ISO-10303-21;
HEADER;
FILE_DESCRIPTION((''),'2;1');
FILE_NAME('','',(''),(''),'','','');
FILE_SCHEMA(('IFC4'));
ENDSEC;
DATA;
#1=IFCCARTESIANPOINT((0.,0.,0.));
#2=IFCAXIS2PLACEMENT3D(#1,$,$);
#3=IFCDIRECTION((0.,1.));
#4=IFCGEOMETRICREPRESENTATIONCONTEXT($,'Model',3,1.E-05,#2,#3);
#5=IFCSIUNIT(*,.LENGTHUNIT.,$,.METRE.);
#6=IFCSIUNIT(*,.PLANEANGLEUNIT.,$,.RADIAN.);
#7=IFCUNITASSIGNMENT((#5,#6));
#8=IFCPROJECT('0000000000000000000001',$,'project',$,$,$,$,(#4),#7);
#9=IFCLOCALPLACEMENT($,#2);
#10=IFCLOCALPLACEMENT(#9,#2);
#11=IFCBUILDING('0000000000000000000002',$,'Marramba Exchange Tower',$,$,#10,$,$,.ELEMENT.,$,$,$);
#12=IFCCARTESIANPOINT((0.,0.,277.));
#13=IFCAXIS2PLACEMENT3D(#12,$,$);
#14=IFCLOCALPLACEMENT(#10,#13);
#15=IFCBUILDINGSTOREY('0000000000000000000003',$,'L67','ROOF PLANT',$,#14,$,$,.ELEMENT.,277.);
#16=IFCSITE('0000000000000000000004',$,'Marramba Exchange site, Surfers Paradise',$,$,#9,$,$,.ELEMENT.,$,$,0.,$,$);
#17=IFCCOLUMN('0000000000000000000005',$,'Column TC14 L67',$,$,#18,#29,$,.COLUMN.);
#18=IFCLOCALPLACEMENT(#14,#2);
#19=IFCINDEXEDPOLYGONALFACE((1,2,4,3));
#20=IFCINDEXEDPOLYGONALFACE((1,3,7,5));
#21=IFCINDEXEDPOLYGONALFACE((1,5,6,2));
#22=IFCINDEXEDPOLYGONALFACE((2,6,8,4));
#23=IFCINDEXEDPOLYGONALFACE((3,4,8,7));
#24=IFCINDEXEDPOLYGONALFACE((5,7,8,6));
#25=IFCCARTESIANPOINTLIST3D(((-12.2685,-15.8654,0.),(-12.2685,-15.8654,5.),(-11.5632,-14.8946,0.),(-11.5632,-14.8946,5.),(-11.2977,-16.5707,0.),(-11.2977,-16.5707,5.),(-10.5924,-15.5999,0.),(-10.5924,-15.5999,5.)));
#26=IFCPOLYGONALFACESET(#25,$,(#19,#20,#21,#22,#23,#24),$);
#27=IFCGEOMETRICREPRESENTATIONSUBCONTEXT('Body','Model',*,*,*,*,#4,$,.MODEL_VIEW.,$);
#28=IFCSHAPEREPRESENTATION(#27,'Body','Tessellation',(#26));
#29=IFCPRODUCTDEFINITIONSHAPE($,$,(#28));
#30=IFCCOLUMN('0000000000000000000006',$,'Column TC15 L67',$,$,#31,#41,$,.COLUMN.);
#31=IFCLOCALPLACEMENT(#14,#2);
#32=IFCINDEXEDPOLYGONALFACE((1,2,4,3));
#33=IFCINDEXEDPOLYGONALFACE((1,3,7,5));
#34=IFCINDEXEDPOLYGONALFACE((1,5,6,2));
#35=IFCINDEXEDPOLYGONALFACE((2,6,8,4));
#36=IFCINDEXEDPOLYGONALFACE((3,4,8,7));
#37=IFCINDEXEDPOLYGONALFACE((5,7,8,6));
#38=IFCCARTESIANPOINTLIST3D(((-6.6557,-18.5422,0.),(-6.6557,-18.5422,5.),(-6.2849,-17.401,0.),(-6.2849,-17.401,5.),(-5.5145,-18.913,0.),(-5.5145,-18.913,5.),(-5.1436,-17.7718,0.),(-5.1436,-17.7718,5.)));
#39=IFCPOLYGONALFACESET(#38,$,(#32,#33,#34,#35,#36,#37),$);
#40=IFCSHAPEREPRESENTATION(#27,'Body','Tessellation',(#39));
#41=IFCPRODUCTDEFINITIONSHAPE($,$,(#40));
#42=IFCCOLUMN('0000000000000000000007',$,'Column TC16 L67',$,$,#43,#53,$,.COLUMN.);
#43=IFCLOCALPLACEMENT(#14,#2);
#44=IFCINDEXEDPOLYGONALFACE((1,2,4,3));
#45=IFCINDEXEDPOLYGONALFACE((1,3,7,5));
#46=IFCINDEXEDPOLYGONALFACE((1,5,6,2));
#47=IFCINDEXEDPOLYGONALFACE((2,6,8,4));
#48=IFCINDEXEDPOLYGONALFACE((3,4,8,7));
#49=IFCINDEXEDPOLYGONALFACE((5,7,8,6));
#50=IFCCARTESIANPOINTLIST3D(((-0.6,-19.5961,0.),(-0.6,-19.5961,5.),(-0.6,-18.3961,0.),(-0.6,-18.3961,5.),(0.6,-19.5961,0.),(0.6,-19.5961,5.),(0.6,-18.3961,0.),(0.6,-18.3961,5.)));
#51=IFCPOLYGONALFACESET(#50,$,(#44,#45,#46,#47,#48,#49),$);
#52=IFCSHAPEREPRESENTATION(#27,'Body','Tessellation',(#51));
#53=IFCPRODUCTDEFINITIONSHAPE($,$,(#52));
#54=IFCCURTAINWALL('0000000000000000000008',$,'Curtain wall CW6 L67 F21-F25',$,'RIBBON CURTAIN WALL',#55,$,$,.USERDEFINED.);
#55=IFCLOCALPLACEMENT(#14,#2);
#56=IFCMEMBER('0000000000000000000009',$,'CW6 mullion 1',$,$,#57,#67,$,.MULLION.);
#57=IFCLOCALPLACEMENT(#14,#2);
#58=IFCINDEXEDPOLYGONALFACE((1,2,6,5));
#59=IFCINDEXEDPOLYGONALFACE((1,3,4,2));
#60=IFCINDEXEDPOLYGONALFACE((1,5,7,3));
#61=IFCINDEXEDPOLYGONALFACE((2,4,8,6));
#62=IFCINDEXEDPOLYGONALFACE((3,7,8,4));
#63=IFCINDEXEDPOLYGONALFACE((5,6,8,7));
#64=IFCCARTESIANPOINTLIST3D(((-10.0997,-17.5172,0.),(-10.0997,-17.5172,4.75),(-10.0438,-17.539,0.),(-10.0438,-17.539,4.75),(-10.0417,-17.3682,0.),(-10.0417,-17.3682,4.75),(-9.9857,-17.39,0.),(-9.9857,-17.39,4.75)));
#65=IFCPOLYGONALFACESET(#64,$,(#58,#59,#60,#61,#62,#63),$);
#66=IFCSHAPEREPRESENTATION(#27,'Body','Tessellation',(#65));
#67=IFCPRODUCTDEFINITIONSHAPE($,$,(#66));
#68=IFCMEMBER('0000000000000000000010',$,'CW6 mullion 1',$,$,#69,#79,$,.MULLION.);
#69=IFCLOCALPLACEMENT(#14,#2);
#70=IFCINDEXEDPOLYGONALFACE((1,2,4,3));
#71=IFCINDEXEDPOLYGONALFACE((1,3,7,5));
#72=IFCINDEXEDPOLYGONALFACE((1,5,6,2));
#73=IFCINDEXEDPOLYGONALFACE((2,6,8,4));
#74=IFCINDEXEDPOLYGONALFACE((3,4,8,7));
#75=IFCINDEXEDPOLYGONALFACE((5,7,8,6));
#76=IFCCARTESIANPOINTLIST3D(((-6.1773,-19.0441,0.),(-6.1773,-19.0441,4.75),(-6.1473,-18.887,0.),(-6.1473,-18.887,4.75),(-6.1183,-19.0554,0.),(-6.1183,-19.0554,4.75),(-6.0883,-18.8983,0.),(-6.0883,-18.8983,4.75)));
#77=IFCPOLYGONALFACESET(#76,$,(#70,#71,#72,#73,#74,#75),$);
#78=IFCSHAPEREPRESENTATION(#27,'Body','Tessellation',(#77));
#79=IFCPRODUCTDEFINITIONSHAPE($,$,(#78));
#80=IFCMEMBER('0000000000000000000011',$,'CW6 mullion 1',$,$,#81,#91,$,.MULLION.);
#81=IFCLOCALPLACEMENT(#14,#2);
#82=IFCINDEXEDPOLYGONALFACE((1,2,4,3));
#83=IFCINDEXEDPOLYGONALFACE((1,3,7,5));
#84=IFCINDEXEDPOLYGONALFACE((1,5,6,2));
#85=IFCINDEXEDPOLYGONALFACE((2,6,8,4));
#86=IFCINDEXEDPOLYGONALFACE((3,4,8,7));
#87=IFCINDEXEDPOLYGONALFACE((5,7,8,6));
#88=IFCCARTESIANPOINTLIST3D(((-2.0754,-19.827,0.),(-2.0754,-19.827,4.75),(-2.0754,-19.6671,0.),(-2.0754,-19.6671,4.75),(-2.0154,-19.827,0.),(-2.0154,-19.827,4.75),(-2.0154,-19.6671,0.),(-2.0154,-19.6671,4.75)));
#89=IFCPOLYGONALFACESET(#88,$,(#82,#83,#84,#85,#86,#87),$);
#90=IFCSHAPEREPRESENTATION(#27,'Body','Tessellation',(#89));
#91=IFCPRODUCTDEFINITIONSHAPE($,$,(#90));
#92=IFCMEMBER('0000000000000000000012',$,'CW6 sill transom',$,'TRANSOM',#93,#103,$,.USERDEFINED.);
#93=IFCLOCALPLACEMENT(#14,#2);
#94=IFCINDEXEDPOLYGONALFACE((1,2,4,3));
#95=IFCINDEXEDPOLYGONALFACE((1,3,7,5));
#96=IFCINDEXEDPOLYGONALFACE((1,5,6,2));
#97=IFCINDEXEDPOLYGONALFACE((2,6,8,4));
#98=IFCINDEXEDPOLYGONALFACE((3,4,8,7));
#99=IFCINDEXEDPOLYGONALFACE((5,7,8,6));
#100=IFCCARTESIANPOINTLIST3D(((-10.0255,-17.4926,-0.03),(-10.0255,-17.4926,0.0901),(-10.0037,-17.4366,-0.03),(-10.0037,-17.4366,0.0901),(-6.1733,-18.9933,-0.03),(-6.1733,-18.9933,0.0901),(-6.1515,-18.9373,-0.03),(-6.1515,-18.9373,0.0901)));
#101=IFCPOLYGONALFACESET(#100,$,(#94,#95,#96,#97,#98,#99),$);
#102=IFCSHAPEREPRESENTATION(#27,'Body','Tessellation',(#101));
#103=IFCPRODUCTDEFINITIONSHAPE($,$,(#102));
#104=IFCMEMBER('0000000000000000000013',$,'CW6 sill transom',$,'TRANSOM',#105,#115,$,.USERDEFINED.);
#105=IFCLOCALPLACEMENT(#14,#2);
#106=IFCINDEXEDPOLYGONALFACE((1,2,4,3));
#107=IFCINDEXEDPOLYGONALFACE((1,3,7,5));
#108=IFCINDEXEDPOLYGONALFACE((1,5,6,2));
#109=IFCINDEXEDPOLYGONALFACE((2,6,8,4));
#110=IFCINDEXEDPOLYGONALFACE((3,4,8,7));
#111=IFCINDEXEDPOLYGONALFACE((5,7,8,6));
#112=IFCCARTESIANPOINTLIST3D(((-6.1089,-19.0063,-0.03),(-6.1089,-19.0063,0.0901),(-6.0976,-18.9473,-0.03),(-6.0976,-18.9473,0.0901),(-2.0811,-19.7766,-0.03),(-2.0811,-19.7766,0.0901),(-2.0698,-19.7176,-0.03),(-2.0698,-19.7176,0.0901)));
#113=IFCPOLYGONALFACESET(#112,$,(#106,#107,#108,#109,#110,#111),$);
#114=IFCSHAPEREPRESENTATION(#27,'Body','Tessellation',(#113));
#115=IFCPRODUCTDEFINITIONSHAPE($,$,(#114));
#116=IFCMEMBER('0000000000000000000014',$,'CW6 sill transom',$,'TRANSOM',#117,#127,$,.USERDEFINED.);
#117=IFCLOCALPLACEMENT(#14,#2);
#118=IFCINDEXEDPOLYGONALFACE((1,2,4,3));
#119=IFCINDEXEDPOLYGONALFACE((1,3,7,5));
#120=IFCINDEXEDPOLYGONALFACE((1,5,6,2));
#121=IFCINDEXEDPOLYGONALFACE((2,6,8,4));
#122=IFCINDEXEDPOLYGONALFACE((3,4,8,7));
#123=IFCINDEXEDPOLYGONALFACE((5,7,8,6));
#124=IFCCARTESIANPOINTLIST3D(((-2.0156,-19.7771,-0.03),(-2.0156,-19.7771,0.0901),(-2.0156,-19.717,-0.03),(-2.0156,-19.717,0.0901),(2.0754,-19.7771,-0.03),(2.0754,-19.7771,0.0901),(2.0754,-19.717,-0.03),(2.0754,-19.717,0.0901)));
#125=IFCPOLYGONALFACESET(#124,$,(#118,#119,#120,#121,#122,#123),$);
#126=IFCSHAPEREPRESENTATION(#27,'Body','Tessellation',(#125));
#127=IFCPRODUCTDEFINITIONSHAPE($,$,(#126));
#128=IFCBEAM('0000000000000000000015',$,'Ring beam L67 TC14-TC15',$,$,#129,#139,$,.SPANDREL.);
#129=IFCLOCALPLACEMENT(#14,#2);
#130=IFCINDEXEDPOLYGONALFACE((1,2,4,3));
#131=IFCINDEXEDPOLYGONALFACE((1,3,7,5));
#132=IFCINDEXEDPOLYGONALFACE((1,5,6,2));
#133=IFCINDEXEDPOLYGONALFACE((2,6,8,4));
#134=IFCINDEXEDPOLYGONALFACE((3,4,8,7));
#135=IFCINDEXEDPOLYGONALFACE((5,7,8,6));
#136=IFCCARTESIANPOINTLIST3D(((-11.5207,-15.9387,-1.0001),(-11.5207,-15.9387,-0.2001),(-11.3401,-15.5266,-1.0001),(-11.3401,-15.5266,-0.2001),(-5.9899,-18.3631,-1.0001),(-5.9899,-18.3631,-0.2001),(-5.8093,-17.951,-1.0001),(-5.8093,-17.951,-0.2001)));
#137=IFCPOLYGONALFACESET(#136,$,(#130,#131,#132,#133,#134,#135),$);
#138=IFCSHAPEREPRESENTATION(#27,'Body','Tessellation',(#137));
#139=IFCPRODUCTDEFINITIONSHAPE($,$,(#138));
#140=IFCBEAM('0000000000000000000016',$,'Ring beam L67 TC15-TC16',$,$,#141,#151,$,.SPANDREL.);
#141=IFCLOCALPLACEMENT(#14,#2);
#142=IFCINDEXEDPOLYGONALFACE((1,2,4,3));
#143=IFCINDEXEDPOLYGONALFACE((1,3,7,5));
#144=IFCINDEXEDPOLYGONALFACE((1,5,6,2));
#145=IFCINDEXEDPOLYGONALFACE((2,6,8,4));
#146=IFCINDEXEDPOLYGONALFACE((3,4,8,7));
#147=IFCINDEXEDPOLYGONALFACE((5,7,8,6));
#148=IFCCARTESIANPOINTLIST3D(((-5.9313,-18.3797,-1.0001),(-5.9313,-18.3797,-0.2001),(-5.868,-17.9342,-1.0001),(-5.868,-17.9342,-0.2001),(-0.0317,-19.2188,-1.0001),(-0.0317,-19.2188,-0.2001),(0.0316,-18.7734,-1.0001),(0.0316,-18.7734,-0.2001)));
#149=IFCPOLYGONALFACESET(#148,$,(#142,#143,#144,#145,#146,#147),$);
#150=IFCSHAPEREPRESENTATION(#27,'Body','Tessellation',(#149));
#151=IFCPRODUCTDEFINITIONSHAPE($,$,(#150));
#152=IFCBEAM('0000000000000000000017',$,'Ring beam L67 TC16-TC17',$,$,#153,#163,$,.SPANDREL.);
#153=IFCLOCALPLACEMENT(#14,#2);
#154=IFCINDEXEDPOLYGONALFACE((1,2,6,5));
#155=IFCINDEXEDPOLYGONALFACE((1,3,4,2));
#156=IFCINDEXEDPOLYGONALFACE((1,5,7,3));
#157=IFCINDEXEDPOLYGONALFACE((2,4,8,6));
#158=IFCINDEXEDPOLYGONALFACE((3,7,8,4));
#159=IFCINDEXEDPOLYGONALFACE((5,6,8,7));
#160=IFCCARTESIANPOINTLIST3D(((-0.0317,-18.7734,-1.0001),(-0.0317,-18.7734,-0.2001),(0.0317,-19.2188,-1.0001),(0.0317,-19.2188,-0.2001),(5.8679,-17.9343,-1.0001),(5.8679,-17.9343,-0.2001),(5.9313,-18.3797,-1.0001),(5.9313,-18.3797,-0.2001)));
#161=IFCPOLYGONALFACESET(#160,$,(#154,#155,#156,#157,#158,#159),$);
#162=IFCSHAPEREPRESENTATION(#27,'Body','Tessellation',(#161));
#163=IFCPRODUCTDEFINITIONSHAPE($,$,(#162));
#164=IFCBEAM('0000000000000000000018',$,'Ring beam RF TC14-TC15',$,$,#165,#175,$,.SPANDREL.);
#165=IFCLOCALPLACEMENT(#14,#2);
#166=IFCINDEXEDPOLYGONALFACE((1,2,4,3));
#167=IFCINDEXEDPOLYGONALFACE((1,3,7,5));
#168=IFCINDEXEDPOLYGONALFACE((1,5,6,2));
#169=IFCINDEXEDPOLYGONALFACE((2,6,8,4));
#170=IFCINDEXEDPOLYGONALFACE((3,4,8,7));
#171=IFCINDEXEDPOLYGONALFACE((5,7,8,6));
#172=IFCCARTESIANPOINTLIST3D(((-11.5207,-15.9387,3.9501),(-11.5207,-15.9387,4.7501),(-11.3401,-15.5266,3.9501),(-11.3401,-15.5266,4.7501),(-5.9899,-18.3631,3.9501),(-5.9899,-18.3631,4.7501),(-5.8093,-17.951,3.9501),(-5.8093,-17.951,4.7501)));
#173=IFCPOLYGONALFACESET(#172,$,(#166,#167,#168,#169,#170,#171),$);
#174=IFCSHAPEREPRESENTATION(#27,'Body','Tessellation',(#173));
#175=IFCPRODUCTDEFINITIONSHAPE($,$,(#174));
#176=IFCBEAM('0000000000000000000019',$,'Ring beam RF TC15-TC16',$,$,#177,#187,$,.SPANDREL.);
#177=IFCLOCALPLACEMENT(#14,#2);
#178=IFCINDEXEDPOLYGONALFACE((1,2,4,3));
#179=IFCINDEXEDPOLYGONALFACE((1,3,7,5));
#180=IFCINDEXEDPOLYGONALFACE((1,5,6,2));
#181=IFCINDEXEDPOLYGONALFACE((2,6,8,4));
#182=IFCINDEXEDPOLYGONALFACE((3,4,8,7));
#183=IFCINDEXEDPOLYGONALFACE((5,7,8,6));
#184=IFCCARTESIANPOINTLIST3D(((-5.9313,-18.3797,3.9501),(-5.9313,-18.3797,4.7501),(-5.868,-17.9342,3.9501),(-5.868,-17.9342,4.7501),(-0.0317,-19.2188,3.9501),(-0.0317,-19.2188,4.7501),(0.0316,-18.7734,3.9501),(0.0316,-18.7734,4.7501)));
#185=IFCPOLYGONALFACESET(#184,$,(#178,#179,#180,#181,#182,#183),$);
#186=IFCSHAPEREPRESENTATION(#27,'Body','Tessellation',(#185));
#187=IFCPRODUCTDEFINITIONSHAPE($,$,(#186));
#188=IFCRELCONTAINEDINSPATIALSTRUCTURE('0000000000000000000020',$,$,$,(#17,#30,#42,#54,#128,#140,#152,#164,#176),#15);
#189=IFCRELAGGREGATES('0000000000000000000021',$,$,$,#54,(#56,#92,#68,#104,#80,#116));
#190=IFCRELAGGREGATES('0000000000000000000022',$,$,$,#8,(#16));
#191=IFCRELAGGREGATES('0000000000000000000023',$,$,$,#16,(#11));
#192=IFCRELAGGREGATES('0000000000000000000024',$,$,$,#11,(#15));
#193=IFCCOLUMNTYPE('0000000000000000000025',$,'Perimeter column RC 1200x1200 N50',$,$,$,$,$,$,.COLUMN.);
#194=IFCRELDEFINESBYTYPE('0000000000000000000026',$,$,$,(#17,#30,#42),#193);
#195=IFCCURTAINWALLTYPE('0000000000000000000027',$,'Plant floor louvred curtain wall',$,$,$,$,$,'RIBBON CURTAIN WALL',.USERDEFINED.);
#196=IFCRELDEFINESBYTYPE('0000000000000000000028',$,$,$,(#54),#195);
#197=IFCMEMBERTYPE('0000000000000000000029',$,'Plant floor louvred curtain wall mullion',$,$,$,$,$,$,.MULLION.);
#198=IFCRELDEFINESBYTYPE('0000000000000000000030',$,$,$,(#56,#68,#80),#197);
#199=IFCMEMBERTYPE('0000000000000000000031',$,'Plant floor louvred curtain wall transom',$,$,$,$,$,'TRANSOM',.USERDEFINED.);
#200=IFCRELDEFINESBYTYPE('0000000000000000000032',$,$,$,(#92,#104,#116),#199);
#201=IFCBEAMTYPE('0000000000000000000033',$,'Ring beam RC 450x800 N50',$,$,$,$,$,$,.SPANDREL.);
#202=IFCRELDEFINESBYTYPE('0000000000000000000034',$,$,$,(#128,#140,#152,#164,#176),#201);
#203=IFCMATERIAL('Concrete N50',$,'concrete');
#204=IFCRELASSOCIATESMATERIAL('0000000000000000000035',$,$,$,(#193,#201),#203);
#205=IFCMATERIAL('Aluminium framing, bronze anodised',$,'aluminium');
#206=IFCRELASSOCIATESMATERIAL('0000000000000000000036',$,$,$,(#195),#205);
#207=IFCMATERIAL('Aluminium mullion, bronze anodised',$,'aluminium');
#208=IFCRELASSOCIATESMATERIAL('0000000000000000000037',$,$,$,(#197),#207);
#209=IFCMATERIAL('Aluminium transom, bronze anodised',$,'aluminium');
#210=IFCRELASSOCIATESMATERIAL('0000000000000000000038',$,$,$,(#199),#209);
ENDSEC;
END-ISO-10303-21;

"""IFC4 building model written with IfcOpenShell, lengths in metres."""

from ifc_helpers import new_model, si_unit, direction, frame, origin, origin_2d, place, context, subcontext, project, spatial, rectangle, extrude, material, material_profile, profile_set, type_object, element, aggregate, save


model = new_model("IFC4")

# Units and contexts
model_context = context("Model", 3, precision=1e-05, world=origin(), true_north=direction((0.0, 1.0)))
body_context = subcontext(model_context, "Body", "Model", "MODEL_VIEW")
ifc_project = project(units=[si_unit("LENGTHUNIT", "METRE"), si_unit("PLANEANGLEUNIT", "RADIAN")], contexts=[model_context])

# Site, building, storey
site_placement = place(None, origin())
site = spatial("IfcSite", under=ifc_project, at=site_placement, Name="Marramba Exchange site, Surfers Paradise", CompositionType="ELEMENT", RefElevation=0.0)
building_placement = place(site_placement, origin())
building = spatial("IfcBuilding", under=site, at=building_placement, Name="Marramba Exchange Tower", CompositionType="ELEMENT")
storey_placement = place(building_placement, frame((0.0, 0.0, 277.0)))
storey = spatial("IfcBuildingStorey", under=building, at=storey_placement, Name="L67", Description="ROOF PLANT", CompositionType="ELEMENT", Elevation=277.0)

# Columns
ifc_material_1 = material(Name="Concrete N50", Category="concrete")
ifc_material_profile_1 = material_profile(ifc_material_1, rectangle(XDim=1.2, YDim=1.2, at=origin_2d()), Name="RC 1200x1200")
ifc_profile_set_1 = profile_set([ifc_material_profile_1], Name="Concrete N50")
column_type = type_object("IfcColumnType", Name="Perimeter column RC 1200x1200 N50", PredefinedType="COLUMN", material=ifc_profile_set_1)
for number, where, z_axis, x_axis, name in (
    (1, (-11.4304, -15.7327, 0.0), (0.0, 0.0, 1.0), (-0.587785, -0.809017, 0.0), "Column TC14 L67"),
    (2, (-5.8997, -18.157, 0.0), (0.0, 0.0, 1.0), (-0.309017, -0.951057, 0.0), "Column TC15 L67"),
    (3, (0.0, -18.9961, 0.0), (0.0, 0.0, 1.0), (0.0, -1.0, 0.0), "Column TC16 L67"),
):
    element("IfcColumn", number, at=place(storey_placement, frame(where, z_axis=z_axis, x_axis=x_axis)), inside=storey, type_object=column_type, Name=name, PredefinedType="COLUMN", context=body_context, shape_type="SweptSolid", body=[
        extrude(rectangle(XDim=1.2, YDim=1.2, at=origin_2d()), origin(), (0.0, 0.0, 1.0), 5.0),
    ])

# Curtain wall, members
ifc_material_2 = material(Name="Aluminium framing, bronze anodised", Category="aluminium")
curtain_wall_type = type_object("IfcCurtainWallType", Name="Plant floor louvred curtain wall", ElementType="RIBBON CURTAIN WALL", PredefinedType="USERDEFINED", material=ifc_material_2)
curtain_wall_1_placement = place(storey_placement, origin())
curtain_wall_1 = element("IfcCurtainWall", 4, at=curtain_wall_1_placement, inside=storey, type_object=curtain_wall_type, Name="Curtain wall CW6 L67 F21-F25", ObjectType="RIBBON CURTAIN WALL", PredefinedType="USERDEFINED")
ifc_material_3 = material(Name="Aluminium mullion, bronze anodised", Category="aluminium")
ifc_material_profile_2 = material_profile(ifc_material_3, rectangle(XDim=0.1599, YDim=0.0601, at=origin_2d()), Name="CW6 mullion 60x160")
ifc_profile_set_2 = profile_set([ifc_material_profile_2], Name="Aluminium mullion, bronze anodised")
member_type_1 = type_object("IfcMemberType", Name="Plant floor louvred curtain wall mullion", PredefinedType="MULLION", material=ifc_profile_set_2)
member_1_placement = place(storey_placement, frame((-10.0427, -17.4536, 0.0), z_axis=(0.0, 0.0, 1.0), x_axis=(0.36301, 0.931785, 0.0)))
member_1 = element("IfcMember", 5, at=member_1_placement, type_object=member_type_1, Name="CW6 mullion 1", PredefinedType="MULLION", context=body_context, shape_type="SweptSolid", body=[
    extrude(rectangle(XDim=0.1599, YDim=0.0601, at=origin_2d()), origin(), (0.0, 0.0, 1.0), 4.75),
])
member_2_placement = place(storey_placement, frame((-6.1328, -18.9712, 0.0), z_axis=(0.0, 0.0, 1.0), x_axis=(0.187873, 0.982193, 0.0)))
member_2 = element("IfcMember", 6, at=member_2_placement, type_object=member_type_1, Name="CW6 mullion 1", PredefinedType="MULLION", context=body_context, shape_type="SweptSolid", body=[
    extrude(rectangle(XDim=0.1599, YDim=0.0601, at=origin_2d()), origin(), (0.0, 0.0, 1.0), 4.75),
])
member_3_placement = place(storey_placement, frame((-2.0454, -19.7471, 0.0), z_axis=(0.0, 0.0, 1.0), x_axis=(0.0, 1.0, 0.0)))
member_3 = element("IfcMember", 7, at=member_3_placement, type_object=member_type_1, Name="CW6 mullion 1", PredefinedType="MULLION", context=body_context, shape_type="SweptSolid", body=[
    extrude(rectangle(XDim=0.1599, YDim=0.0601, at=origin_2d()), origin(), (0.0, 0.0, 1.0), 4.75),
])
ifc_material_4 = material(Name="Aluminium transom, bronze anodised", Category="aluminium")
ifc_material_profile_3 = material_profile(ifc_material_4, rectangle(XDim=0.0601, YDim=0.1201, at=origin_2d()), Name="CW6 transom 60x120")
ifc_profile_set_3 = profile_set([ifc_material_profile_3], Name="Aluminium transom, bronze anodised")
member_type_2 = type_object("IfcMemberType", Name="Plant floor louvred curtain wall transom", ElementType="TRANSOM", PredefinedType="USERDEFINED", material=ifc_profile_set_3)
member_4_placement = place(storey_placement, frame((-10.0146, -17.4646, 0.03), z_axis=(0.931791, -0.362996, 0.0), x_axis=(0.362996, 0.931791, 0.0)))
member_4 = element("IfcMember", 8, at=member_4_placement, type_object=member_type_2, Name="CW6 sill transom", ObjectType="TRANSOM", PredefinedType="USERDEFINED", context=body_context, shape_type="SweptSolid", body=[
    extrude(rectangle(XDim=0.0601, YDim=0.1201, at=origin_2d()), origin(), (0.0, 0.0, 1.0), 4.1343),
])
member_5_placement = place(storey_placement, frame((-6.1033, -18.9768, 0.03), z_axis=(0.982201, -0.187832, 0.0), x_axis=(0.187832, 0.982201, 0.0)))
member_5 = element("IfcMember", 9, at=member_5_placement, type_object=member_type_2, Name="CW6 sill transom", ObjectType="TRANSOM", PredefinedType="USERDEFINED", context=body_context, shape_type="SweptSolid", body=[
    extrude(rectangle(XDim=0.0601, YDim=0.1201, at=origin_2d()), origin(), (0.0, 0.0, 1.0), 4.1008),
])
member_6_placement = place(storey_placement, frame((-2.0156, -19.7471, 0.03), z_axis=(1.0, 0.0, 0.0), x_axis=(0.0, 1.0, 0.0)))
member_6 = element("IfcMember", 10, at=member_6_placement, type_object=member_type_2, Name="CW6 sill transom", ObjectType="TRANSOM", PredefinedType="USERDEFINED", context=body_context, shape_type="SweptSolid", body=[
    extrude(rectangle(XDim=0.0601, YDim=0.1201, at=origin_2d()), origin(), (0.0, 0.0, 1.0), 4.0911),
])

# Beams
ifc_material_profile_4 = material_profile(ifc_material_1, rectangle(XDim=0.45, YDim=0.8, at=origin_2d()), Name="RC 450x800")
ifc_profile_set_4 = profile_set([ifc_material_profile_4], Name="Concrete N50")
beam_type = type_object("IfcBeamType", Name="Ring beam RC 450x800 N50", PredefinedType="SPANDREL", material=ifc_profile_set_4)
beam_1_placement = place(storey_placement, frame((-11.4304, -15.7327, -0.6001), z_axis=(0.915877, -0.401459, 0.0), x_axis=(0.401459, 0.915877, 0.0)))
element("IfcBeam", 11, at=beam_1_placement, inside=storey, type_object=beam_type, Name="Ring beam L67 TC14-TC15", PredefinedType="SPANDREL", context=body_context, shape_type="SweptSolid", body=[
    extrude(rectangle(XDim=0.45, YDim=0.8, at=origin_2d()), origin(), (0.0, 0.0, 1.0), 6.0388),
])
for number, where, z_axis, x_axis, name in (
    (12, (-5.8997, -18.157, -0.6001), (0.990036, -0.140813, 0.0), (0.140813, 0.990036, 0.0), "Ring beam L67 TC15-TC16"),
    (13, (0.0, -18.9961, -0.6001), (0.990036, 0.140813, 0.0), (-0.140813, 0.990036, 0.0), "Ring beam L67 TC16-TC17"),
):
    element("IfcBeam", number, at=place(storey_placement, frame(where, z_axis=z_axis, x_axis=x_axis)), inside=storey, type_object=beam_type, Name=name, PredefinedType="SPANDREL", context=body_context, shape_type="SweptSolid", body=[
        extrude(rectangle(XDim=0.45, YDim=0.8, at=origin_2d()), origin(), (0.0, 0.0, 1.0), 5.959),
    ])
beam_2_placement = place(storey_placement, frame((-11.4304, -15.7327, 4.3501), z_axis=(0.915877, -0.401459, 0.0), x_axis=(0.401459, 0.915877, 0.0)))
element("IfcBeam", 14, at=beam_2_placement, inside=storey, type_object=beam_type, Name="Ring beam RF TC14-TC15", PredefinedType="SPANDREL", context=body_context, shape_type="SweptSolid", body=[
    extrude(rectangle(XDim=0.45, YDim=0.8, at=origin_2d()), origin(), (0.0, 0.0, 1.0), 6.0388),
])
beam_3_placement = place(storey_placement, frame((-5.8997, -18.157, 4.3501), z_axis=(0.990036, -0.140813, 0.0), x_axis=(0.140813, 0.990036, 0.0)))
element("IfcBeam", 15, at=beam_3_placement, inside=storey, type_object=beam_type, Name="Ring beam RF TC15-TC16", PredefinedType="SPANDREL", context=body_context, shape_type="SweptSolid", body=[
    extrude(rectangle(XDim=0.45, YDim=0.8, at=origin_2d()), origin(), (0.0, 0.0, 1.0), 5.959),
])

aggregate(curtain_wall_1, [member_1, member_4, member_2, member_5, member_3, member_6])

save(model, "model.ifc")
